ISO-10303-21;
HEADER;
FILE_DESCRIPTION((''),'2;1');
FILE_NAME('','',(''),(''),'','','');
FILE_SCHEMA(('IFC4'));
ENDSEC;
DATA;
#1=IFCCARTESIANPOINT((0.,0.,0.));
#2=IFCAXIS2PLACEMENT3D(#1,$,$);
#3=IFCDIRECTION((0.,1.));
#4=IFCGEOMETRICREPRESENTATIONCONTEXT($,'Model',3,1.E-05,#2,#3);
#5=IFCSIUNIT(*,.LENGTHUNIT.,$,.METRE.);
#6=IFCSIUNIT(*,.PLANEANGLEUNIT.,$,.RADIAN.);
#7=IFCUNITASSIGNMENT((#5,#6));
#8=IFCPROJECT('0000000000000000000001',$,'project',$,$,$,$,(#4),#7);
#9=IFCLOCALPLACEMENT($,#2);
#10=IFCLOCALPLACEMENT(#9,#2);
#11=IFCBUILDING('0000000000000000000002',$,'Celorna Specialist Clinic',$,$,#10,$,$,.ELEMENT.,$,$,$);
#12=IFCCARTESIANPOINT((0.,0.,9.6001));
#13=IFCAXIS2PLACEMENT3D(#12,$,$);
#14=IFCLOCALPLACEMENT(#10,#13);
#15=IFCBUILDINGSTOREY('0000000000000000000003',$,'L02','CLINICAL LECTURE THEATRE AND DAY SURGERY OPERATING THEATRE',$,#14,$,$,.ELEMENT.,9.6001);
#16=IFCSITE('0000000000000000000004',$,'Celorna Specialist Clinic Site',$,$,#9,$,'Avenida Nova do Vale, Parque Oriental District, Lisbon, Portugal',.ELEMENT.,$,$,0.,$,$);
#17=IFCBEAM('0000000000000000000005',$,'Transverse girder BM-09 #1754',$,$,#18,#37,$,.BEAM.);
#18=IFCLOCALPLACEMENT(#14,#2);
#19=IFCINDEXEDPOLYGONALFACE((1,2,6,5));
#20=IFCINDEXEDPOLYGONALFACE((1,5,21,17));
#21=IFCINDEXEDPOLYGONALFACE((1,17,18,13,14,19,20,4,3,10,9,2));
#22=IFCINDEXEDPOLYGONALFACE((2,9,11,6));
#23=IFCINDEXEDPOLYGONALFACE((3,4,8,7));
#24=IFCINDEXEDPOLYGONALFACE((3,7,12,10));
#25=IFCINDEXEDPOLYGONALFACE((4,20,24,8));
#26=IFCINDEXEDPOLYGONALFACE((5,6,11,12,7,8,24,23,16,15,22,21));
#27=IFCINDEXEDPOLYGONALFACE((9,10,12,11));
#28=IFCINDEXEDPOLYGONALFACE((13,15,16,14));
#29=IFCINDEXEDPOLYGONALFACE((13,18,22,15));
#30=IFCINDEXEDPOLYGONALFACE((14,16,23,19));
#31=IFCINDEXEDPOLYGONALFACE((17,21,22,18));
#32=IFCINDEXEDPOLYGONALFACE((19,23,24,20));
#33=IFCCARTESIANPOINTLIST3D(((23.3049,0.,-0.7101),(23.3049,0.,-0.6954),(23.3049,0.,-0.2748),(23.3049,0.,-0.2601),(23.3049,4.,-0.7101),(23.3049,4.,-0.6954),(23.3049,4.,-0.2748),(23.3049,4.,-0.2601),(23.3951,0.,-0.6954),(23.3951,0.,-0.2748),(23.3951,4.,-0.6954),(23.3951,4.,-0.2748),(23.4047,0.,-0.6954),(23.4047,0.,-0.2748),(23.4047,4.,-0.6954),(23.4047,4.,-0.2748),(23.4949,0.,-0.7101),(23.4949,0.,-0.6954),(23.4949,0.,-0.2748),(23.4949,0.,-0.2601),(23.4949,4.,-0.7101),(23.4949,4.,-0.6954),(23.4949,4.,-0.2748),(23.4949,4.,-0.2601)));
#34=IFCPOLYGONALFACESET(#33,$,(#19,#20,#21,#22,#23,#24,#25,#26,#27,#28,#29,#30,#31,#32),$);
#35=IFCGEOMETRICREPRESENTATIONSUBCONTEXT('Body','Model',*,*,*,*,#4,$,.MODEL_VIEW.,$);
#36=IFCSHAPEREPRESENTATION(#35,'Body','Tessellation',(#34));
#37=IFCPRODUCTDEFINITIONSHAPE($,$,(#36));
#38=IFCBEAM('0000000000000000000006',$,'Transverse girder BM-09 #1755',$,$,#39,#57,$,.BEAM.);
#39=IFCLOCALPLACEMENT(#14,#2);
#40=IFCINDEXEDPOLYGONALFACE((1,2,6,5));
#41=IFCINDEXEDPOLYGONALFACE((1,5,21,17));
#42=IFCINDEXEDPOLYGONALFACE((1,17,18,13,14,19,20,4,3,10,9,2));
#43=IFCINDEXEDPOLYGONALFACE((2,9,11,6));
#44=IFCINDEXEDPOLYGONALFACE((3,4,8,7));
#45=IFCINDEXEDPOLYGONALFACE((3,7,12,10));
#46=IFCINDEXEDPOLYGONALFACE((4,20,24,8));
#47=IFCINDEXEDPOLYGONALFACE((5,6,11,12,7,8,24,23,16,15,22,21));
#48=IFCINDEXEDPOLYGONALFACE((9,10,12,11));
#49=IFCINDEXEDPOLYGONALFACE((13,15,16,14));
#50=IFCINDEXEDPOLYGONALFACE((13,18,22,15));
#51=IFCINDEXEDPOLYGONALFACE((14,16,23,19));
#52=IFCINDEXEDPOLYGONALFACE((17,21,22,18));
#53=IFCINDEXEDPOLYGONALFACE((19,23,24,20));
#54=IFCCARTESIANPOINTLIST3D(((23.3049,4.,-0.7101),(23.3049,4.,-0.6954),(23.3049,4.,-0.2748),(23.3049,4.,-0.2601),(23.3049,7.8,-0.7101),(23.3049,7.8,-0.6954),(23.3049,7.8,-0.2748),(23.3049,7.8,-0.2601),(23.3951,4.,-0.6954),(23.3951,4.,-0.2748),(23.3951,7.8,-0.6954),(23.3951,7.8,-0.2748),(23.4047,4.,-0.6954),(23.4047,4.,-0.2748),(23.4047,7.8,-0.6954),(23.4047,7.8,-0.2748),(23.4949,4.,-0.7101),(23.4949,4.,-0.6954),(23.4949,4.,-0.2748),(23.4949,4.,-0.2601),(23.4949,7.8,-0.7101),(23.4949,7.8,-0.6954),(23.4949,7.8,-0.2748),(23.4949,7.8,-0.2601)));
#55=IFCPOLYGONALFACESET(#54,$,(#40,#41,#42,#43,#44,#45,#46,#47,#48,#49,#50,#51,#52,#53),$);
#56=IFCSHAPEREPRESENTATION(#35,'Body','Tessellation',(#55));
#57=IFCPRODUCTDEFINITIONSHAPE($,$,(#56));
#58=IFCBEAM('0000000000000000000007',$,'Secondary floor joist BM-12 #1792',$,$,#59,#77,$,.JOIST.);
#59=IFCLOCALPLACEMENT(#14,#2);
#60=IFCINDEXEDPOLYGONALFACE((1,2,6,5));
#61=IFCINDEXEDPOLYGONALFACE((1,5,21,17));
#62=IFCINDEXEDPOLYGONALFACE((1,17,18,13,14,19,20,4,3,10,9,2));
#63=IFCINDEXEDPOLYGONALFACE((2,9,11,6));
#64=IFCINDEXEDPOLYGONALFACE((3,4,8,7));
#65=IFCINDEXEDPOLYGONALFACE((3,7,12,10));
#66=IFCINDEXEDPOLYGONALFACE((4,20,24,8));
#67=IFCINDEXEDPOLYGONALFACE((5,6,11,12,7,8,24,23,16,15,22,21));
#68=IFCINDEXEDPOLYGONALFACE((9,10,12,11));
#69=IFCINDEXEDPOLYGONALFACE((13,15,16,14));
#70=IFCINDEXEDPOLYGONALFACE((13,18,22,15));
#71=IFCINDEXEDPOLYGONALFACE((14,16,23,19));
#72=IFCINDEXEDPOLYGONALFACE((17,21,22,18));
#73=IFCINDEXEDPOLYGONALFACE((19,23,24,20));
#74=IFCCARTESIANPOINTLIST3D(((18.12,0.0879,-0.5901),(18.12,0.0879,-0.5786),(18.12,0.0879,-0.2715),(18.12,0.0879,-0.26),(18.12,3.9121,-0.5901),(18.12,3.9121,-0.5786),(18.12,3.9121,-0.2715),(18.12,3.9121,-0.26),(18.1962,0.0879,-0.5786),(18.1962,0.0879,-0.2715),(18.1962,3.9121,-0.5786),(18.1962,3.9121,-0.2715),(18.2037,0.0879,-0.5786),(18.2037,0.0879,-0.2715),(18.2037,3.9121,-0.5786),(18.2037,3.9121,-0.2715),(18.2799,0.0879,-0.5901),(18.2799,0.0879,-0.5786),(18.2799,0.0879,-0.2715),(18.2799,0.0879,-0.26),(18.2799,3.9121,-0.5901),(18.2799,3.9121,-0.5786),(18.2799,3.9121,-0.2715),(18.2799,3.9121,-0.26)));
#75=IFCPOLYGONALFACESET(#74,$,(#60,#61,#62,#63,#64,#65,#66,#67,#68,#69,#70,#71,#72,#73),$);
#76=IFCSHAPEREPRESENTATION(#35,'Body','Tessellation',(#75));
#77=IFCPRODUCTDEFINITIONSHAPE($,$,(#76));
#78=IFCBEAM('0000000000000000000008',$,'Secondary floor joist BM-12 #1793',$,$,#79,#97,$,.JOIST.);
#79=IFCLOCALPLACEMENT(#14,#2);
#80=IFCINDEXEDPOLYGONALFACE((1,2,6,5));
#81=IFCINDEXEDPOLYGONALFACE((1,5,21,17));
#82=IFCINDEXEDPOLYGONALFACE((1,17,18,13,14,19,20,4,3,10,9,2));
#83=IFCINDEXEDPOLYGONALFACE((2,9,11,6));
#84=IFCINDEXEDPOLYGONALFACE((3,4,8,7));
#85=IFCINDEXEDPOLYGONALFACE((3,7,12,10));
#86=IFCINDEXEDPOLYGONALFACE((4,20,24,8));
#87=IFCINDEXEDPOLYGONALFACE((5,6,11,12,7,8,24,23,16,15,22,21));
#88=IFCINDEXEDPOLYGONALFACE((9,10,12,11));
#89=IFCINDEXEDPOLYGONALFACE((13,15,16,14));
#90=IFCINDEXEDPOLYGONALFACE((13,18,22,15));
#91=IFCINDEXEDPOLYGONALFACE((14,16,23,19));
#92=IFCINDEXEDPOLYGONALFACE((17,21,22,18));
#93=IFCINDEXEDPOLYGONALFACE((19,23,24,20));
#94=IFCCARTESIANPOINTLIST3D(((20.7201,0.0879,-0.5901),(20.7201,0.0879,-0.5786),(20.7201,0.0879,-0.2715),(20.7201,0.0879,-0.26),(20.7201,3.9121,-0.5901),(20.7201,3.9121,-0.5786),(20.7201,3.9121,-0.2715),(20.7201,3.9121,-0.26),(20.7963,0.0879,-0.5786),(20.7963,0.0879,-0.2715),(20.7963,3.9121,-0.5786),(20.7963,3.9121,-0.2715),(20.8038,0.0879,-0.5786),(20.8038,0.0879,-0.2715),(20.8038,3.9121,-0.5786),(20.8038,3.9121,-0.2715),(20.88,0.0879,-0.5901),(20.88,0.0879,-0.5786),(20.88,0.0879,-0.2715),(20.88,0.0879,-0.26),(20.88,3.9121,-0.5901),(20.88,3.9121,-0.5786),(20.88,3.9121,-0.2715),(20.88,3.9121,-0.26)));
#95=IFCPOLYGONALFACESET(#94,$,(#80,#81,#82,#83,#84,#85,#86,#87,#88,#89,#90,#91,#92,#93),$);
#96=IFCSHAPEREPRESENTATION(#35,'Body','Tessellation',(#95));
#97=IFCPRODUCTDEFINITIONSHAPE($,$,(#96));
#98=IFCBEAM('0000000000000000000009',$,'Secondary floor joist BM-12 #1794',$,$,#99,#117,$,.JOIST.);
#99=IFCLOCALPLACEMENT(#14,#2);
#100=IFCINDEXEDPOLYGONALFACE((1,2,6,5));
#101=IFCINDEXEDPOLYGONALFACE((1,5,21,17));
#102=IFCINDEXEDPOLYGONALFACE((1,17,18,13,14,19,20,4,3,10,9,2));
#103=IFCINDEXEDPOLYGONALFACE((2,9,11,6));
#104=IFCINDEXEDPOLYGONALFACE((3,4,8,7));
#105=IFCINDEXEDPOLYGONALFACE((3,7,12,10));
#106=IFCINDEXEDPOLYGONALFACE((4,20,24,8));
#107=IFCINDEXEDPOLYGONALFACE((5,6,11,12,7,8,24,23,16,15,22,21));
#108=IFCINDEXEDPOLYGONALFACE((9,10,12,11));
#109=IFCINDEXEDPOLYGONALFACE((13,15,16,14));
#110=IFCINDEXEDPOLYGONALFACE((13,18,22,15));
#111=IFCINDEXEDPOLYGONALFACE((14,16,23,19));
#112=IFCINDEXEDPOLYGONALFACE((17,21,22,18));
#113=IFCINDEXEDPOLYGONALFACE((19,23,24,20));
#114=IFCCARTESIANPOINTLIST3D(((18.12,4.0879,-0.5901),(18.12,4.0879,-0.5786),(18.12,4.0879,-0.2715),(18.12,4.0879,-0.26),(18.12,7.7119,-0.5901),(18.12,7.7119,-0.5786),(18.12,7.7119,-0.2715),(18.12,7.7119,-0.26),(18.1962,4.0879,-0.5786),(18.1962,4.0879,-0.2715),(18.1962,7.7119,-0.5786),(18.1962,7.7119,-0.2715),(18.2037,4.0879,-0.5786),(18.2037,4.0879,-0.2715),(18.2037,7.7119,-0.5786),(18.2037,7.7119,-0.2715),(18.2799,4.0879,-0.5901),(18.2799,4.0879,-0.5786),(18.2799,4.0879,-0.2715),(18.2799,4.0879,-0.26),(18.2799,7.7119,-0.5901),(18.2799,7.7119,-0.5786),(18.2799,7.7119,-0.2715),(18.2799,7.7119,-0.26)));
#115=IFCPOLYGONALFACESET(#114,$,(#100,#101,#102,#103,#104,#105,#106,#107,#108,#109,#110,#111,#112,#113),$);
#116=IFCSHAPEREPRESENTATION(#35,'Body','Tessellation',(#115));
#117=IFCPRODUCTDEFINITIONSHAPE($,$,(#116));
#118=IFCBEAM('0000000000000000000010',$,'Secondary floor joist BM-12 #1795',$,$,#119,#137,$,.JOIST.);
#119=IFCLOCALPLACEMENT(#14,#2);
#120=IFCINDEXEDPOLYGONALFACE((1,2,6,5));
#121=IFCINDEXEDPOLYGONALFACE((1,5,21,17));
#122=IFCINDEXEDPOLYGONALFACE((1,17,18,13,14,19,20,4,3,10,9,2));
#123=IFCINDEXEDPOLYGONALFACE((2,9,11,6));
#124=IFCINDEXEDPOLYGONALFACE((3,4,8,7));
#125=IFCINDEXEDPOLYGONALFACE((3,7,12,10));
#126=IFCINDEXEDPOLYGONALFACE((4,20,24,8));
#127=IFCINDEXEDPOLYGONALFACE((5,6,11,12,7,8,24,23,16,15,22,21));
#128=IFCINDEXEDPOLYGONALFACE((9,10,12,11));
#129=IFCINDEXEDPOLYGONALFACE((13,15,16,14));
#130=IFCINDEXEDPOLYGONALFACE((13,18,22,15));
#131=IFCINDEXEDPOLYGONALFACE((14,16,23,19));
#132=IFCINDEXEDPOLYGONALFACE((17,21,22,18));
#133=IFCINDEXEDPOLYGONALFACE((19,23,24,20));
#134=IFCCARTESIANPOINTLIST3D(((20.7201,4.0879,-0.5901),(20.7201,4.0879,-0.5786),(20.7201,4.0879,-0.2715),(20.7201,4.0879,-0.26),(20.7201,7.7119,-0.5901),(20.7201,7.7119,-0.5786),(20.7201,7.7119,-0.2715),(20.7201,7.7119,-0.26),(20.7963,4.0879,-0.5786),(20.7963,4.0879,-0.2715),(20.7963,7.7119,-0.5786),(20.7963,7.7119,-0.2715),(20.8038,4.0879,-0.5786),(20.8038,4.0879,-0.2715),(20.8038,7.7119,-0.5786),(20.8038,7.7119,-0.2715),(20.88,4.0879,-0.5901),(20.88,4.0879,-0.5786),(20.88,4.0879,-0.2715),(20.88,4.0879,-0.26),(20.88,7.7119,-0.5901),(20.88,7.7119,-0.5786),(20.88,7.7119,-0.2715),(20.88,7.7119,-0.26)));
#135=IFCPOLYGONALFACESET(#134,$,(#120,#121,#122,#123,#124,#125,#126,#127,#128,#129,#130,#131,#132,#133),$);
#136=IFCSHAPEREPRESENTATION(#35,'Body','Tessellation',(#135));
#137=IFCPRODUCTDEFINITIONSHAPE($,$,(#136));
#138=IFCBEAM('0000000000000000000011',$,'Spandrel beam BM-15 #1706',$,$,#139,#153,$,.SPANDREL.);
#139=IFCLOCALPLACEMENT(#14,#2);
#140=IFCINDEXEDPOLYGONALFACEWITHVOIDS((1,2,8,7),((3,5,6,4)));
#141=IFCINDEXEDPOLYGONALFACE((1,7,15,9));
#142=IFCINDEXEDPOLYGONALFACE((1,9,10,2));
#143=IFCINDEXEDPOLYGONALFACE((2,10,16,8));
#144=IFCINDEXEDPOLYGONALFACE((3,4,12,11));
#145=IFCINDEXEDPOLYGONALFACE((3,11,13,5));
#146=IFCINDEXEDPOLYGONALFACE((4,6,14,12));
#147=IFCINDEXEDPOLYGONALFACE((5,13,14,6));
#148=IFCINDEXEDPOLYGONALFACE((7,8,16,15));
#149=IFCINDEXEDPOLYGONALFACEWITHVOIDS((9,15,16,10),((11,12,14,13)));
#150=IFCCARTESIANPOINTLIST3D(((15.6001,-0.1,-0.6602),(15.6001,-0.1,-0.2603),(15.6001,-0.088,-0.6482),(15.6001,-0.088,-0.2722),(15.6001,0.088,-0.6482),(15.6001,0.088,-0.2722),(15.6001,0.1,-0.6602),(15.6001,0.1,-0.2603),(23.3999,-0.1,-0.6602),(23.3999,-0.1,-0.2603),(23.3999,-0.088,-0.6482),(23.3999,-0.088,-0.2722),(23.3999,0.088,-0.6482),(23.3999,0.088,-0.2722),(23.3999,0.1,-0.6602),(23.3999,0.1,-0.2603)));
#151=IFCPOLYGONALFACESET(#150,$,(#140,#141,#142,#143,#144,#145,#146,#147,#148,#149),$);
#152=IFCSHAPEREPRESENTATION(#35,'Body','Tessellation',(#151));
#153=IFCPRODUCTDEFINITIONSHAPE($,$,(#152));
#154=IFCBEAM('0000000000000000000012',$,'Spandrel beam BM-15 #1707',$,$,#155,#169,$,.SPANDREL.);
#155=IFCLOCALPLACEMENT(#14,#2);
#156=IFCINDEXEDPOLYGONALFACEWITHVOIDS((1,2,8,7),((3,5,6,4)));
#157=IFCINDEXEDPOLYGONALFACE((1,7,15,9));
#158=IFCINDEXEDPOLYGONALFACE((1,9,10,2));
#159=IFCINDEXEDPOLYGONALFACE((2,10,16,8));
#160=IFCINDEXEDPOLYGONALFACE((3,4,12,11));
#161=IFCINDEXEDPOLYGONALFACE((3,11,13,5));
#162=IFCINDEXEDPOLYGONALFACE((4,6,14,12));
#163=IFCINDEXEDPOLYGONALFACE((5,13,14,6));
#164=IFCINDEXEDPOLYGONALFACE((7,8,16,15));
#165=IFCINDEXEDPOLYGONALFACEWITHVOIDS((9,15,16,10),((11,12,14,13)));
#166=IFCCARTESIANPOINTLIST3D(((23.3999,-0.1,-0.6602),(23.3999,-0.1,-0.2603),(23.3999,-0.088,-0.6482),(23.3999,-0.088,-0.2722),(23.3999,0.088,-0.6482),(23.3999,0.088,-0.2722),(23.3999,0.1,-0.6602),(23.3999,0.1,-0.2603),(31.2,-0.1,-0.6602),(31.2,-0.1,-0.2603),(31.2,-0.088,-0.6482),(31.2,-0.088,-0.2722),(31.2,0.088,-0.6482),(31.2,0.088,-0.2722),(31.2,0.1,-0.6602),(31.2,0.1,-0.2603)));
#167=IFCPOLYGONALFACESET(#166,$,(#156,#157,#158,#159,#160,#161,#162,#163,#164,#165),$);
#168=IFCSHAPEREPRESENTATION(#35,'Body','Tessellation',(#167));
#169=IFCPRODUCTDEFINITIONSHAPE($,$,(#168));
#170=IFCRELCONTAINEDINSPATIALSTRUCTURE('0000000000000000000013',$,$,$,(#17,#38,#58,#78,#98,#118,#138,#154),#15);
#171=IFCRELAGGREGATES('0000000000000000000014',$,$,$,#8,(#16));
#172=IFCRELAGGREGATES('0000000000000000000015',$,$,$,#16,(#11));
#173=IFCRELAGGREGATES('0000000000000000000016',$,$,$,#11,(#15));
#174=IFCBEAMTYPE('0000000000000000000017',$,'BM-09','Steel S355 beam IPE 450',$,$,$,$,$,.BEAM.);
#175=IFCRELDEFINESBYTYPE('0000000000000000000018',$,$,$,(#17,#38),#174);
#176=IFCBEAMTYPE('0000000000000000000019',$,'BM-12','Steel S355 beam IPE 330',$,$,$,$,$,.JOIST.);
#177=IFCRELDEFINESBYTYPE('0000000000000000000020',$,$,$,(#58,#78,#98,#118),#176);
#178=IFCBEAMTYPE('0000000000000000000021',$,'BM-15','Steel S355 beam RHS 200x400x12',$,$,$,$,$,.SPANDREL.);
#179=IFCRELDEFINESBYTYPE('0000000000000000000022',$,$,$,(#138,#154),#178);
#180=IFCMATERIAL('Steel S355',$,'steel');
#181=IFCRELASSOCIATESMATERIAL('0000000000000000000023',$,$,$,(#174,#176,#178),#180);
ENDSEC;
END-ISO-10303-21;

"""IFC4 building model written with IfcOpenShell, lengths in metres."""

from ifc_helpers import new_model, si_unit, direction, frame, origin, origin_2d, place, context, subcontext, project, spatial, hollow_rectangle, i_section, extrude, material, material_profile, profile_set, type_object, element, save


model = new_model("IFC4")

# Units and contexts
model_context = context("Model", 3, precision=1e-05, world=origin(), true_north=direction((0.0, 1.0)))
body_context = subcontext(model_context, "Body", "Model", "MODEL_VIEW")
ifc_project = project(units=[si_unit("LENGTHUNIT", "METRE"), si_unit("PLANEANGLEUNIT", "RADIAN")], contexts=[model_context])

# Site, building, storey
site_placement = place(None, origin())
site = spatial("IfcSite", under=ifc_project, at=site_placement, Name="Celorna Specialist Clinic Site", LongName="Avenida Nova do Vale, Parque Oriental District, Lisbon, Portugal", CompositionType="ELEMENT", RefElevation=0.0)
building_placement = place(site_placement, origin())
building = spatial("IfcBuilding", under=site, at=building_placement, Name="Celorna Specialist Clinic", CompositionType="ELEMENT")
storey_placement = place(building_placement, frame((0.0, 0.0, 9.6001)))
storey = spatial("IfcBuildingStorey", under=building, at=storey_placement, Name="L02", Description="CLINICAL LECTURE THEATRE AND DAY SURGERY OPERATING THEATRE", CompositionType="ELEMENT", Elevation=9.6001)

# Beams
ifc_material_1 = material(Name="Steel S355", Category="steel")
ifc_material_profile_1 = material_profile(ifc_material_1, i_section(OverallWidth=0.1899, OverallDepth=0.45, WebThickness=0.0095, FlangeThickness=0.0146, at=origin_2d()), Name="IPE 450")
ifc_profile_set_1 = profile_set([ifc_material_profile_1], Name="Steel S355")
beam_type_1 = type_object("IfcBeamType", Name="BM-09", Description="Steel S355 beam IPE 450", PredefinedType="BEAM", material=ifc_profile_set_1)
beam_1_placement = place(storey_placement, frame((23.3999, 0.0, -0.4851), z_axis=(0.0, 1.0, 0.0), x_axis=(-1.0, 0.0, 0.0)))
element("IfcBeam", 1, at=beam_1_placement, inside=storey, type_object=beam_type_1, Name="Transverse girder BM-09 #1754", PredefinedType="BEAM", context=body_context, shape_type="SweptSolid", body=[
    extrude(i_section(OverallWidth=0.1899, OverallDepth=0.45, WebThickness=0.0095, FlangeThickness=0.0146, at=origin_2d()), origin(), (0.0, 0.0, 1.0), 4.0),
])
beam_2_placement = place(storey_placement, frame((23.3999, 4.0, -0.4851), z_axis=(0.0, 1.0, 0.0), x_axis=(-1.0, 0.0, 0.0)))
element("IfcBeam", 2, at=beam_2_placement, inside=storey, type_object=beam_type_1, Name="Transverse girder BM-09 #1755", PredefinedType="BEAM", context=body_context, shape_type="SweptSolid", body=[
    extrude(i_section(OverallWidth=0.1899, OverallDepth=0.45, WebThickness=0.0095, FlangeThickness=0.0146, at=origin_2d()), origin(), (0.0, 0.0, 1.0), 3.8),
])
ifc_material_profile_2 = material_profile(ifc_material_1, i_section(OverallWidth=0.1599, OverallDepth=0.3301, WebThickness=0.0076, FlangeThickness=0.0115, at=origin_2d()), Name="IPE 330")
ifc_profile_set_2 = profile_set([ifc_material_profile_2], Name="Steel S355")
beam_type_2 = type_object("IfcBeamType", Name="BM-12", Description="Steel S355 beam IPE 330", PredefinedType="JOIST", material=ifc_profile_set_2)
for number, where, z_axis, x_axis, name in (
    (3, (18.2, 0.0879, -0.425), (0.0, 1.0, 0.0), (-1.0, 0.0, 0.0), "Secondary floor joist BM-12 #1792"),
    (4, (20.8, 0.0879, -0.425), (0.0, 1.0, 0.0), (-1.0, 0.0, 0.0), "Secondary floor joist BM-12 #1793"),
):
    element("IfcBeam", number, at=place(storey_placement, frame(where, z_axis=z_axis, x_axis=x_axis)), inside=storey, type_object=beam_type_2, Name=name, PredefinedType="JOIST", context=body_context, shape_type="SweptSolid", body=[
        extrude(i_section(OverallWidth=0.1599, OverallDepth=0.3301, WebThickness=0.0076, FlangeThickness=0.0115, at=origin_2d()), origin(), (0.0, 0.0, 1.0), 3.8242),
    ])
for number, where, z_axis, x_axis, name in (
    (5, (18.2, 4.0879, -0.425), (0.0, 1.0, 0.0), (-1.0, 0.0, 0.0), "Secondary floor joist BM-12 #1794"),
    (6, (20.8, 4.0879, -0.425), (0.0, 1.0, 0.0), (-1.0, 0.0, 0.0), "Secondary floor joist BM-12 #1795"),
):
    element("IfcBeam", number, at=place(storey_placement, frame(where, z_axis=z_axis, x_axis=x_axis)), inside=storey, type_object=beam_type_2, Name=name, PredefinedType="JOIST", context=body_context, shape_type="SweptSolid", body=[
        extrude(i_section(OverallWidth=0.1599, OverallDepth=0.3301, WebThickness=0.0076, FlangeThickness=0.0115, at=origin_2d()), origin(), (0.0, 0.0, 1.0), 3.624),
    ])
ifc_material_profile_3 = material_profile(ifc_material_1, hollow_rectangle(XDim=0.2, YDim=0.3999, WallThickness=0.012, at=origin_2d()), Name="RHS 200x400x12")
ifc_profile_set_3 = profile_set([ifc_material_profile_3], Name="Steel S355")
beam_type_3 = type_object("IfcBeamType", Name="BM-15", Description="Steel S355 beam RHS 200x400x12", PredefinedType="SPANDREL", material=ifc_profile_set_3)
beam_3_placement = place(storey_placement, frame((15.6001, 0.0, -0.4602), z_axis=(1.0, 0.0, 0.0), x_axis=(0.0, 1.0, 0.0)))
element("IfcBeam", 7, at=beam_3_placement, inside=storey, type_object=beam_type_3, Name="Spandrel beam BM-15 #1706", PredefinedType="SPANDREL", context=body_context, shape_type="SweptSolid", body=[
    extrude(hollow_rectangle(XDim=0.2, YDim=0.3999, WallThickness=0.012, at=origin_2d()), origin(), (0.0, 0.0, 1.0), 7.7998),
])
beam_4_placement = place(storey_placement, frame((23.3999, 0.0, -0.4602), z_axis=(1.0, 0.0, 0.0), x_axis=(0.0, 1.0, 0.0)))
element("IfcBeam", 8, at=beam_4_placement, inside=storey, type_object=beam_type_3, Name="Spandrel beam BM-15 #1707", PredefinedType="SPANDREL", context=body_context, shape_type="SweptSolid", body=[
    extrude(hollow_rectangle(XDim=0.2, YDim=0.3999, WallThickness=0.012, at=origin_2d()), origin(), (0.0, 0.0, 1.0), 7.8),
])

save(model, "model.ifc")
